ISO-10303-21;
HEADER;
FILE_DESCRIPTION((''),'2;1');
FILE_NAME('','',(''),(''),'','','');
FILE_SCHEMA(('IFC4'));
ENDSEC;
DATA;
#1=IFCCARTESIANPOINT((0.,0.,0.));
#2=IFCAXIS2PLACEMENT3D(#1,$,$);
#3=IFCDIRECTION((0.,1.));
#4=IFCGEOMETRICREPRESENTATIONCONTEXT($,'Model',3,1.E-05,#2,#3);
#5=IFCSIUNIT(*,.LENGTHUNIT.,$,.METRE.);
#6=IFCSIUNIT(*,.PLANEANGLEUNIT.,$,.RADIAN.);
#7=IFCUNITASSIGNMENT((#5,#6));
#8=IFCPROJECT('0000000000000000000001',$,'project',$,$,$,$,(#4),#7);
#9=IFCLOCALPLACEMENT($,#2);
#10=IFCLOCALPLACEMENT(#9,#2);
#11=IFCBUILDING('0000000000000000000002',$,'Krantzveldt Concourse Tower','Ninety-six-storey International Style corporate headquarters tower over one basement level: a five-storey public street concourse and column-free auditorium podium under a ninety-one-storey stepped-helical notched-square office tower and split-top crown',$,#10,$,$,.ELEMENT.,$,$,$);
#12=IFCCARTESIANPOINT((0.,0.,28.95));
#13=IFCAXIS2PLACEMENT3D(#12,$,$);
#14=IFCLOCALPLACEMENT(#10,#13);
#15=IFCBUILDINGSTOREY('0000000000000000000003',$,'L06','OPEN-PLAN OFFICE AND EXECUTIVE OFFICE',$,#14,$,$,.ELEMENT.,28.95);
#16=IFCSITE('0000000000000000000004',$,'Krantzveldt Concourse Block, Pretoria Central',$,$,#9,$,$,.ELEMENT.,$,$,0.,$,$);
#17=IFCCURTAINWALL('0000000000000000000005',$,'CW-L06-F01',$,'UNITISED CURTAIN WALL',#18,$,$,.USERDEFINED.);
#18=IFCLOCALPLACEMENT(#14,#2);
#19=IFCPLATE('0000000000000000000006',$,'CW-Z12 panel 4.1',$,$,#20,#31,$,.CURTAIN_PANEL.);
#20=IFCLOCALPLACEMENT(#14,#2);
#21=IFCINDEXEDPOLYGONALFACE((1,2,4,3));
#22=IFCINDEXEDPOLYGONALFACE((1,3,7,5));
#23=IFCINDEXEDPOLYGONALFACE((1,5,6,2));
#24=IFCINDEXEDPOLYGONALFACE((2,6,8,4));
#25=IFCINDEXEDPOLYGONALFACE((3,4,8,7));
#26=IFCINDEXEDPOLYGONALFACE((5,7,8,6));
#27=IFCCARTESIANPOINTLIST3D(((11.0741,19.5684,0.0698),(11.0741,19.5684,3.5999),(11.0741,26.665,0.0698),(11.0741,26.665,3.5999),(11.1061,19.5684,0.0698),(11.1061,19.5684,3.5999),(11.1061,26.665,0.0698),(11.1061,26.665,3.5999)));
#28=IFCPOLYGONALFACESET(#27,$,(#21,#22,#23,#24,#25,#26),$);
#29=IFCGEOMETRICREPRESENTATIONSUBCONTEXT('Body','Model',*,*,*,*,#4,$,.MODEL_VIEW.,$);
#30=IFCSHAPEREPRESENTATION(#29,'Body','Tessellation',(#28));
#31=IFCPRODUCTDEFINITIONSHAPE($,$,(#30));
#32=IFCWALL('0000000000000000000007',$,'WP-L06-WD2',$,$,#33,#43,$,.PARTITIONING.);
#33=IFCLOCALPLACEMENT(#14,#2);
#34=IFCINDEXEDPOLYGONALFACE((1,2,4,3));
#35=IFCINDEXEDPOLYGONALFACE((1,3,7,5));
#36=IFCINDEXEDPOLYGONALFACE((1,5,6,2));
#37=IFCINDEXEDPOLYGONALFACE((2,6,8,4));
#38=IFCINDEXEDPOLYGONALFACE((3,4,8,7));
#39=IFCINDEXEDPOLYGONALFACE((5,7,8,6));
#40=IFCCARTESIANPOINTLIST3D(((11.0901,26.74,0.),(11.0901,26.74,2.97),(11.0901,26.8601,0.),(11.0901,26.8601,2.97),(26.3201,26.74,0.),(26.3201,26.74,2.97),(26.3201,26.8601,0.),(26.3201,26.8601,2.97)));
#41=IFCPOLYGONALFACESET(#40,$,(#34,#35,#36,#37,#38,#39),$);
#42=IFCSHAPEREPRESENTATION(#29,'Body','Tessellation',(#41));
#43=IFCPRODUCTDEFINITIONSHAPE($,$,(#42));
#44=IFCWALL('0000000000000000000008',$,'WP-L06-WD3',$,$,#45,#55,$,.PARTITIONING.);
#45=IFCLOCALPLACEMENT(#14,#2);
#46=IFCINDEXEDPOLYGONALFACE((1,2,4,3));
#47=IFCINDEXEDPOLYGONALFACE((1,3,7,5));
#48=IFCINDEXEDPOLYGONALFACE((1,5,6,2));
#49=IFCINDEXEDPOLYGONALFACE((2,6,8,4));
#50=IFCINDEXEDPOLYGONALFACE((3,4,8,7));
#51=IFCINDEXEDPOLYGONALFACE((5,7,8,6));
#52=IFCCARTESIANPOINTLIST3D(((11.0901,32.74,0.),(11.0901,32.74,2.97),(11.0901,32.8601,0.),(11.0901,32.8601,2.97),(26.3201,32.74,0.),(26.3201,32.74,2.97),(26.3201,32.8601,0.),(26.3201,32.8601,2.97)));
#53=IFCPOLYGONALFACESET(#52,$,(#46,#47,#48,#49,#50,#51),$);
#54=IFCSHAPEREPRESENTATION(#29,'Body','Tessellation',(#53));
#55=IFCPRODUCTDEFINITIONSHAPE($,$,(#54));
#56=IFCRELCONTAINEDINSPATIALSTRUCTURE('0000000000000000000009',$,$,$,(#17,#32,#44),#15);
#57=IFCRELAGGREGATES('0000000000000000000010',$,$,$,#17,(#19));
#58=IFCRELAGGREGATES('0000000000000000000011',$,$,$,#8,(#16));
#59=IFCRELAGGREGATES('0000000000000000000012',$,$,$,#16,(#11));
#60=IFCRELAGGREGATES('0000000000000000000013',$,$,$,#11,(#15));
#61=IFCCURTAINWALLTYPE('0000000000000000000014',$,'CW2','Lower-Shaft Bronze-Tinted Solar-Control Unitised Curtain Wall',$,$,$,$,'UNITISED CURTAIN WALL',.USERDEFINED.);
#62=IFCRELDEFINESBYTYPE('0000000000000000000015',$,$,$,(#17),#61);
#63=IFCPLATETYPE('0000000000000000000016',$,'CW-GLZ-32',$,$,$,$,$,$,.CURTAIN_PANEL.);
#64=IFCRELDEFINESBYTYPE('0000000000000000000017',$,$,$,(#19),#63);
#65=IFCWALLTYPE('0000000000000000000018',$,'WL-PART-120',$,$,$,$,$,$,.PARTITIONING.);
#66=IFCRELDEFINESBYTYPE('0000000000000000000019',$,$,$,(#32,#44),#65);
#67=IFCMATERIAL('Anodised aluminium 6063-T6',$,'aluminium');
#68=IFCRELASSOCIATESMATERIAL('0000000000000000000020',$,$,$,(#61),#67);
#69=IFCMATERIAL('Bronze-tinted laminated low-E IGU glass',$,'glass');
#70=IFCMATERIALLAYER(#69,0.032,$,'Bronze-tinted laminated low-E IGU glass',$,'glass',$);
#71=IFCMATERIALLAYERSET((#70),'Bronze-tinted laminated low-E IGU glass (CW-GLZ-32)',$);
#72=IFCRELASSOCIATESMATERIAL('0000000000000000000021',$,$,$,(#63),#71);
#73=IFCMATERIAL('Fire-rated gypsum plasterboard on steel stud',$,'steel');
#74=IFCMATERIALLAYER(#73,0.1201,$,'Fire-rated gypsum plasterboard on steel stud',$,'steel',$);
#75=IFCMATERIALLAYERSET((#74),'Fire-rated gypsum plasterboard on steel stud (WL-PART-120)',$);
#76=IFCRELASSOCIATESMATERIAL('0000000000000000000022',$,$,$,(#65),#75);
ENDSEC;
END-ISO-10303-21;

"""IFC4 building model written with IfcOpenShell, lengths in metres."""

from ifc_helpers import new_model, si_unit, direction, frame, frame_2d, origin, origin_2d, place, context, subcontext, project, spatial, rectangle, extrude, source, transform, mapped, material, layer, layer_set, type_object, type_shapes, element, aggregate, save


model = new_model("IFC4")

# Units and contexts
model_context = context("Model", 3, precision=1e-05, world=origin(), true_north=direction((0.0, 1.0)))
body_context = subcontext(model_context, "Body", "Model", "MODEL_VIEW")
ifc_project = project(units=[si_unit("LENGTHUNIT", "METRE"), si_unit("PLANEANGLEUNIT", "RADIAN")], contexts=[model_context])

# Site, building, storey
site_placement = place(None, origin())
site = spatial("IfcSite", under=ifc_project, at=site_placement, Name="Krantzveldt Concourse Block, Pretoria Central", CompositionType="ELEMENT", RefElevation=0.0)
building_placement = place(site_placement, origin())
building = spatial("IfcBuilding", under=site, at=building_placement, Name="Krantzveldt Concourse Tower", Description="Ninety-six-storey International Style corporate headquarters tower over one basement level: a five-storey public street concourse and column-free auditorium podium under a ninety-one-storey stepped-helical notched-square office tower and split-top crown", CompositionType="ELEMENT")
storey_placement = place(building_placement, frame((0.0, 0.0, 28.95)))
storey = spatial("IfcBuildingStorey", under=building, at=storey_placement, Name="L06", Description="OPEN-PLAN OFFICE AND EXECUTIVE OFFICE", CompositionType="ELEMENT", Elevation=28.95)

# Curtain wall, plate
ifc_material_1 = material(Name="Anodised aluminium 6063-T6", Category="aluminium")
curtain_wall_type = type_object("IfcCurtainWallType", Name="CW2", Description="Lower-Shaft Bronze-Tinted Solar-Control Unitised Curtain Wall", ElementType="UNITISED CURTAIN WALL", PredefinedType="USERDEFINED", material=ifc_material_1)
curtain_wall_placement = place(storey_placement, origin())
curtain_wall = element("IfcCurtainWall", 1, at=curtain_wall_placement, inside=storey, type_object=curtain_wall_type, Name="CW-L06-F01", ObjectType="UNITISED CURTAIN WALL", PredefinedType="USERDEFINED")
ifc_material_2 = material(Name="Bronze-tinted laminated low-E IGU glass", Category="glass")
ifc_layer_1 = layer(ifc_material_2, 0.032, Name="Bronze-tinted laminated low-E IGU glass", Category="glass")
ifc_layer_set_1 = layer_set([ifc_layer_1], Name="Bronze-tinted laminated low-E IGU glass (CW-GLZ-32)")
plate_type = type_object("IfcPlateType", Name="CW-GLZ-32", PredefinedType="CURTAIN_PANEL", material=ifc_layer_set_1)
shared_shape_1 = source(origin(), body_context, "Body", "SweptSolid", [
    extrude(rectangle(XDim=7.0967, YDim=0.032, at=origin_2d()), origin(), (0.0, 0.0, 1.0), 3.53),
])
type_shapes(plate_type, [shared_shape_1])
plate_1_placement = place(storey_placement, frame((11.0901, 23.1167, 0.0698), z_axis=(0.0, 0.0, 1.0), x_axis=(0.0, -1.0, 0.0)))
plate_1 = element("IfcPlate", 2, at=plate_1_placement, type_object=plate_type, Name="CW-Z12 panel 4.1", PredefinedType="CURTAIN_PANEL", context=body_context, shape_type="MappedRepresentation", body=[
    mapped(shared_shape_1, transform((0.0, 0.0, 0.0), x_axis=(1.0, 0.0, 0.0), y_axis=(0.0, 1.0, 0.0), z_axis=(0.0, 0.0, 1.0), scale=1.0)),
])
aggregate(curtain_wall, [plate_1])

# Walls
ifc_material_3 = material(Name="Fire-rated gypsum plasterboard on steel stud", Category="steel")
ifc_layer_2 = layer(ifc_material_3, 0.1201, Name="Fire-rated gypsum plasterboard on steel stud", Category="steel")
ifc_layer_set_2 = layer_set([ifc_layer_2], Name="Fire-rated gypsum plasterboard on steel stud (WL-PART-120)")
wall_type = type_object("IfcWallType", Name="WL-PART-120", PredefinedType="PARTITIONING", material=ifc_layer_set_2)
for number, where, z_axis, x_axis, name in (
    (3, (11.0901, 26.8, 0.0), (0.0, 0.0, 1.0), (1.0, 0.0, 0.0), "WP-L06-WD2"),
    (4, (11.0901, 32.8, 0.0), (0.0, 0.0, 1.0), (1.0, 0.0, 0.0), "WP-L06-WD3"),
):
    element("IfcWall", number, at=place(storey_placement, frame(where, z_axis=z_axis, x_axis=x_axis)), inside=storey, type_object=wall_type, Name=name, PredefinedType="PARTITIONING", context=body_context, shape_type="SweptSolid", body=[
        extrude(rectangle(XDim=15.23, YDim=0.1201, at=frame_2d((7.615, 0.0))), origin(), (0.0, 0.0, 1.0), 2.97),
    ])

save(model, "model.ifc")
